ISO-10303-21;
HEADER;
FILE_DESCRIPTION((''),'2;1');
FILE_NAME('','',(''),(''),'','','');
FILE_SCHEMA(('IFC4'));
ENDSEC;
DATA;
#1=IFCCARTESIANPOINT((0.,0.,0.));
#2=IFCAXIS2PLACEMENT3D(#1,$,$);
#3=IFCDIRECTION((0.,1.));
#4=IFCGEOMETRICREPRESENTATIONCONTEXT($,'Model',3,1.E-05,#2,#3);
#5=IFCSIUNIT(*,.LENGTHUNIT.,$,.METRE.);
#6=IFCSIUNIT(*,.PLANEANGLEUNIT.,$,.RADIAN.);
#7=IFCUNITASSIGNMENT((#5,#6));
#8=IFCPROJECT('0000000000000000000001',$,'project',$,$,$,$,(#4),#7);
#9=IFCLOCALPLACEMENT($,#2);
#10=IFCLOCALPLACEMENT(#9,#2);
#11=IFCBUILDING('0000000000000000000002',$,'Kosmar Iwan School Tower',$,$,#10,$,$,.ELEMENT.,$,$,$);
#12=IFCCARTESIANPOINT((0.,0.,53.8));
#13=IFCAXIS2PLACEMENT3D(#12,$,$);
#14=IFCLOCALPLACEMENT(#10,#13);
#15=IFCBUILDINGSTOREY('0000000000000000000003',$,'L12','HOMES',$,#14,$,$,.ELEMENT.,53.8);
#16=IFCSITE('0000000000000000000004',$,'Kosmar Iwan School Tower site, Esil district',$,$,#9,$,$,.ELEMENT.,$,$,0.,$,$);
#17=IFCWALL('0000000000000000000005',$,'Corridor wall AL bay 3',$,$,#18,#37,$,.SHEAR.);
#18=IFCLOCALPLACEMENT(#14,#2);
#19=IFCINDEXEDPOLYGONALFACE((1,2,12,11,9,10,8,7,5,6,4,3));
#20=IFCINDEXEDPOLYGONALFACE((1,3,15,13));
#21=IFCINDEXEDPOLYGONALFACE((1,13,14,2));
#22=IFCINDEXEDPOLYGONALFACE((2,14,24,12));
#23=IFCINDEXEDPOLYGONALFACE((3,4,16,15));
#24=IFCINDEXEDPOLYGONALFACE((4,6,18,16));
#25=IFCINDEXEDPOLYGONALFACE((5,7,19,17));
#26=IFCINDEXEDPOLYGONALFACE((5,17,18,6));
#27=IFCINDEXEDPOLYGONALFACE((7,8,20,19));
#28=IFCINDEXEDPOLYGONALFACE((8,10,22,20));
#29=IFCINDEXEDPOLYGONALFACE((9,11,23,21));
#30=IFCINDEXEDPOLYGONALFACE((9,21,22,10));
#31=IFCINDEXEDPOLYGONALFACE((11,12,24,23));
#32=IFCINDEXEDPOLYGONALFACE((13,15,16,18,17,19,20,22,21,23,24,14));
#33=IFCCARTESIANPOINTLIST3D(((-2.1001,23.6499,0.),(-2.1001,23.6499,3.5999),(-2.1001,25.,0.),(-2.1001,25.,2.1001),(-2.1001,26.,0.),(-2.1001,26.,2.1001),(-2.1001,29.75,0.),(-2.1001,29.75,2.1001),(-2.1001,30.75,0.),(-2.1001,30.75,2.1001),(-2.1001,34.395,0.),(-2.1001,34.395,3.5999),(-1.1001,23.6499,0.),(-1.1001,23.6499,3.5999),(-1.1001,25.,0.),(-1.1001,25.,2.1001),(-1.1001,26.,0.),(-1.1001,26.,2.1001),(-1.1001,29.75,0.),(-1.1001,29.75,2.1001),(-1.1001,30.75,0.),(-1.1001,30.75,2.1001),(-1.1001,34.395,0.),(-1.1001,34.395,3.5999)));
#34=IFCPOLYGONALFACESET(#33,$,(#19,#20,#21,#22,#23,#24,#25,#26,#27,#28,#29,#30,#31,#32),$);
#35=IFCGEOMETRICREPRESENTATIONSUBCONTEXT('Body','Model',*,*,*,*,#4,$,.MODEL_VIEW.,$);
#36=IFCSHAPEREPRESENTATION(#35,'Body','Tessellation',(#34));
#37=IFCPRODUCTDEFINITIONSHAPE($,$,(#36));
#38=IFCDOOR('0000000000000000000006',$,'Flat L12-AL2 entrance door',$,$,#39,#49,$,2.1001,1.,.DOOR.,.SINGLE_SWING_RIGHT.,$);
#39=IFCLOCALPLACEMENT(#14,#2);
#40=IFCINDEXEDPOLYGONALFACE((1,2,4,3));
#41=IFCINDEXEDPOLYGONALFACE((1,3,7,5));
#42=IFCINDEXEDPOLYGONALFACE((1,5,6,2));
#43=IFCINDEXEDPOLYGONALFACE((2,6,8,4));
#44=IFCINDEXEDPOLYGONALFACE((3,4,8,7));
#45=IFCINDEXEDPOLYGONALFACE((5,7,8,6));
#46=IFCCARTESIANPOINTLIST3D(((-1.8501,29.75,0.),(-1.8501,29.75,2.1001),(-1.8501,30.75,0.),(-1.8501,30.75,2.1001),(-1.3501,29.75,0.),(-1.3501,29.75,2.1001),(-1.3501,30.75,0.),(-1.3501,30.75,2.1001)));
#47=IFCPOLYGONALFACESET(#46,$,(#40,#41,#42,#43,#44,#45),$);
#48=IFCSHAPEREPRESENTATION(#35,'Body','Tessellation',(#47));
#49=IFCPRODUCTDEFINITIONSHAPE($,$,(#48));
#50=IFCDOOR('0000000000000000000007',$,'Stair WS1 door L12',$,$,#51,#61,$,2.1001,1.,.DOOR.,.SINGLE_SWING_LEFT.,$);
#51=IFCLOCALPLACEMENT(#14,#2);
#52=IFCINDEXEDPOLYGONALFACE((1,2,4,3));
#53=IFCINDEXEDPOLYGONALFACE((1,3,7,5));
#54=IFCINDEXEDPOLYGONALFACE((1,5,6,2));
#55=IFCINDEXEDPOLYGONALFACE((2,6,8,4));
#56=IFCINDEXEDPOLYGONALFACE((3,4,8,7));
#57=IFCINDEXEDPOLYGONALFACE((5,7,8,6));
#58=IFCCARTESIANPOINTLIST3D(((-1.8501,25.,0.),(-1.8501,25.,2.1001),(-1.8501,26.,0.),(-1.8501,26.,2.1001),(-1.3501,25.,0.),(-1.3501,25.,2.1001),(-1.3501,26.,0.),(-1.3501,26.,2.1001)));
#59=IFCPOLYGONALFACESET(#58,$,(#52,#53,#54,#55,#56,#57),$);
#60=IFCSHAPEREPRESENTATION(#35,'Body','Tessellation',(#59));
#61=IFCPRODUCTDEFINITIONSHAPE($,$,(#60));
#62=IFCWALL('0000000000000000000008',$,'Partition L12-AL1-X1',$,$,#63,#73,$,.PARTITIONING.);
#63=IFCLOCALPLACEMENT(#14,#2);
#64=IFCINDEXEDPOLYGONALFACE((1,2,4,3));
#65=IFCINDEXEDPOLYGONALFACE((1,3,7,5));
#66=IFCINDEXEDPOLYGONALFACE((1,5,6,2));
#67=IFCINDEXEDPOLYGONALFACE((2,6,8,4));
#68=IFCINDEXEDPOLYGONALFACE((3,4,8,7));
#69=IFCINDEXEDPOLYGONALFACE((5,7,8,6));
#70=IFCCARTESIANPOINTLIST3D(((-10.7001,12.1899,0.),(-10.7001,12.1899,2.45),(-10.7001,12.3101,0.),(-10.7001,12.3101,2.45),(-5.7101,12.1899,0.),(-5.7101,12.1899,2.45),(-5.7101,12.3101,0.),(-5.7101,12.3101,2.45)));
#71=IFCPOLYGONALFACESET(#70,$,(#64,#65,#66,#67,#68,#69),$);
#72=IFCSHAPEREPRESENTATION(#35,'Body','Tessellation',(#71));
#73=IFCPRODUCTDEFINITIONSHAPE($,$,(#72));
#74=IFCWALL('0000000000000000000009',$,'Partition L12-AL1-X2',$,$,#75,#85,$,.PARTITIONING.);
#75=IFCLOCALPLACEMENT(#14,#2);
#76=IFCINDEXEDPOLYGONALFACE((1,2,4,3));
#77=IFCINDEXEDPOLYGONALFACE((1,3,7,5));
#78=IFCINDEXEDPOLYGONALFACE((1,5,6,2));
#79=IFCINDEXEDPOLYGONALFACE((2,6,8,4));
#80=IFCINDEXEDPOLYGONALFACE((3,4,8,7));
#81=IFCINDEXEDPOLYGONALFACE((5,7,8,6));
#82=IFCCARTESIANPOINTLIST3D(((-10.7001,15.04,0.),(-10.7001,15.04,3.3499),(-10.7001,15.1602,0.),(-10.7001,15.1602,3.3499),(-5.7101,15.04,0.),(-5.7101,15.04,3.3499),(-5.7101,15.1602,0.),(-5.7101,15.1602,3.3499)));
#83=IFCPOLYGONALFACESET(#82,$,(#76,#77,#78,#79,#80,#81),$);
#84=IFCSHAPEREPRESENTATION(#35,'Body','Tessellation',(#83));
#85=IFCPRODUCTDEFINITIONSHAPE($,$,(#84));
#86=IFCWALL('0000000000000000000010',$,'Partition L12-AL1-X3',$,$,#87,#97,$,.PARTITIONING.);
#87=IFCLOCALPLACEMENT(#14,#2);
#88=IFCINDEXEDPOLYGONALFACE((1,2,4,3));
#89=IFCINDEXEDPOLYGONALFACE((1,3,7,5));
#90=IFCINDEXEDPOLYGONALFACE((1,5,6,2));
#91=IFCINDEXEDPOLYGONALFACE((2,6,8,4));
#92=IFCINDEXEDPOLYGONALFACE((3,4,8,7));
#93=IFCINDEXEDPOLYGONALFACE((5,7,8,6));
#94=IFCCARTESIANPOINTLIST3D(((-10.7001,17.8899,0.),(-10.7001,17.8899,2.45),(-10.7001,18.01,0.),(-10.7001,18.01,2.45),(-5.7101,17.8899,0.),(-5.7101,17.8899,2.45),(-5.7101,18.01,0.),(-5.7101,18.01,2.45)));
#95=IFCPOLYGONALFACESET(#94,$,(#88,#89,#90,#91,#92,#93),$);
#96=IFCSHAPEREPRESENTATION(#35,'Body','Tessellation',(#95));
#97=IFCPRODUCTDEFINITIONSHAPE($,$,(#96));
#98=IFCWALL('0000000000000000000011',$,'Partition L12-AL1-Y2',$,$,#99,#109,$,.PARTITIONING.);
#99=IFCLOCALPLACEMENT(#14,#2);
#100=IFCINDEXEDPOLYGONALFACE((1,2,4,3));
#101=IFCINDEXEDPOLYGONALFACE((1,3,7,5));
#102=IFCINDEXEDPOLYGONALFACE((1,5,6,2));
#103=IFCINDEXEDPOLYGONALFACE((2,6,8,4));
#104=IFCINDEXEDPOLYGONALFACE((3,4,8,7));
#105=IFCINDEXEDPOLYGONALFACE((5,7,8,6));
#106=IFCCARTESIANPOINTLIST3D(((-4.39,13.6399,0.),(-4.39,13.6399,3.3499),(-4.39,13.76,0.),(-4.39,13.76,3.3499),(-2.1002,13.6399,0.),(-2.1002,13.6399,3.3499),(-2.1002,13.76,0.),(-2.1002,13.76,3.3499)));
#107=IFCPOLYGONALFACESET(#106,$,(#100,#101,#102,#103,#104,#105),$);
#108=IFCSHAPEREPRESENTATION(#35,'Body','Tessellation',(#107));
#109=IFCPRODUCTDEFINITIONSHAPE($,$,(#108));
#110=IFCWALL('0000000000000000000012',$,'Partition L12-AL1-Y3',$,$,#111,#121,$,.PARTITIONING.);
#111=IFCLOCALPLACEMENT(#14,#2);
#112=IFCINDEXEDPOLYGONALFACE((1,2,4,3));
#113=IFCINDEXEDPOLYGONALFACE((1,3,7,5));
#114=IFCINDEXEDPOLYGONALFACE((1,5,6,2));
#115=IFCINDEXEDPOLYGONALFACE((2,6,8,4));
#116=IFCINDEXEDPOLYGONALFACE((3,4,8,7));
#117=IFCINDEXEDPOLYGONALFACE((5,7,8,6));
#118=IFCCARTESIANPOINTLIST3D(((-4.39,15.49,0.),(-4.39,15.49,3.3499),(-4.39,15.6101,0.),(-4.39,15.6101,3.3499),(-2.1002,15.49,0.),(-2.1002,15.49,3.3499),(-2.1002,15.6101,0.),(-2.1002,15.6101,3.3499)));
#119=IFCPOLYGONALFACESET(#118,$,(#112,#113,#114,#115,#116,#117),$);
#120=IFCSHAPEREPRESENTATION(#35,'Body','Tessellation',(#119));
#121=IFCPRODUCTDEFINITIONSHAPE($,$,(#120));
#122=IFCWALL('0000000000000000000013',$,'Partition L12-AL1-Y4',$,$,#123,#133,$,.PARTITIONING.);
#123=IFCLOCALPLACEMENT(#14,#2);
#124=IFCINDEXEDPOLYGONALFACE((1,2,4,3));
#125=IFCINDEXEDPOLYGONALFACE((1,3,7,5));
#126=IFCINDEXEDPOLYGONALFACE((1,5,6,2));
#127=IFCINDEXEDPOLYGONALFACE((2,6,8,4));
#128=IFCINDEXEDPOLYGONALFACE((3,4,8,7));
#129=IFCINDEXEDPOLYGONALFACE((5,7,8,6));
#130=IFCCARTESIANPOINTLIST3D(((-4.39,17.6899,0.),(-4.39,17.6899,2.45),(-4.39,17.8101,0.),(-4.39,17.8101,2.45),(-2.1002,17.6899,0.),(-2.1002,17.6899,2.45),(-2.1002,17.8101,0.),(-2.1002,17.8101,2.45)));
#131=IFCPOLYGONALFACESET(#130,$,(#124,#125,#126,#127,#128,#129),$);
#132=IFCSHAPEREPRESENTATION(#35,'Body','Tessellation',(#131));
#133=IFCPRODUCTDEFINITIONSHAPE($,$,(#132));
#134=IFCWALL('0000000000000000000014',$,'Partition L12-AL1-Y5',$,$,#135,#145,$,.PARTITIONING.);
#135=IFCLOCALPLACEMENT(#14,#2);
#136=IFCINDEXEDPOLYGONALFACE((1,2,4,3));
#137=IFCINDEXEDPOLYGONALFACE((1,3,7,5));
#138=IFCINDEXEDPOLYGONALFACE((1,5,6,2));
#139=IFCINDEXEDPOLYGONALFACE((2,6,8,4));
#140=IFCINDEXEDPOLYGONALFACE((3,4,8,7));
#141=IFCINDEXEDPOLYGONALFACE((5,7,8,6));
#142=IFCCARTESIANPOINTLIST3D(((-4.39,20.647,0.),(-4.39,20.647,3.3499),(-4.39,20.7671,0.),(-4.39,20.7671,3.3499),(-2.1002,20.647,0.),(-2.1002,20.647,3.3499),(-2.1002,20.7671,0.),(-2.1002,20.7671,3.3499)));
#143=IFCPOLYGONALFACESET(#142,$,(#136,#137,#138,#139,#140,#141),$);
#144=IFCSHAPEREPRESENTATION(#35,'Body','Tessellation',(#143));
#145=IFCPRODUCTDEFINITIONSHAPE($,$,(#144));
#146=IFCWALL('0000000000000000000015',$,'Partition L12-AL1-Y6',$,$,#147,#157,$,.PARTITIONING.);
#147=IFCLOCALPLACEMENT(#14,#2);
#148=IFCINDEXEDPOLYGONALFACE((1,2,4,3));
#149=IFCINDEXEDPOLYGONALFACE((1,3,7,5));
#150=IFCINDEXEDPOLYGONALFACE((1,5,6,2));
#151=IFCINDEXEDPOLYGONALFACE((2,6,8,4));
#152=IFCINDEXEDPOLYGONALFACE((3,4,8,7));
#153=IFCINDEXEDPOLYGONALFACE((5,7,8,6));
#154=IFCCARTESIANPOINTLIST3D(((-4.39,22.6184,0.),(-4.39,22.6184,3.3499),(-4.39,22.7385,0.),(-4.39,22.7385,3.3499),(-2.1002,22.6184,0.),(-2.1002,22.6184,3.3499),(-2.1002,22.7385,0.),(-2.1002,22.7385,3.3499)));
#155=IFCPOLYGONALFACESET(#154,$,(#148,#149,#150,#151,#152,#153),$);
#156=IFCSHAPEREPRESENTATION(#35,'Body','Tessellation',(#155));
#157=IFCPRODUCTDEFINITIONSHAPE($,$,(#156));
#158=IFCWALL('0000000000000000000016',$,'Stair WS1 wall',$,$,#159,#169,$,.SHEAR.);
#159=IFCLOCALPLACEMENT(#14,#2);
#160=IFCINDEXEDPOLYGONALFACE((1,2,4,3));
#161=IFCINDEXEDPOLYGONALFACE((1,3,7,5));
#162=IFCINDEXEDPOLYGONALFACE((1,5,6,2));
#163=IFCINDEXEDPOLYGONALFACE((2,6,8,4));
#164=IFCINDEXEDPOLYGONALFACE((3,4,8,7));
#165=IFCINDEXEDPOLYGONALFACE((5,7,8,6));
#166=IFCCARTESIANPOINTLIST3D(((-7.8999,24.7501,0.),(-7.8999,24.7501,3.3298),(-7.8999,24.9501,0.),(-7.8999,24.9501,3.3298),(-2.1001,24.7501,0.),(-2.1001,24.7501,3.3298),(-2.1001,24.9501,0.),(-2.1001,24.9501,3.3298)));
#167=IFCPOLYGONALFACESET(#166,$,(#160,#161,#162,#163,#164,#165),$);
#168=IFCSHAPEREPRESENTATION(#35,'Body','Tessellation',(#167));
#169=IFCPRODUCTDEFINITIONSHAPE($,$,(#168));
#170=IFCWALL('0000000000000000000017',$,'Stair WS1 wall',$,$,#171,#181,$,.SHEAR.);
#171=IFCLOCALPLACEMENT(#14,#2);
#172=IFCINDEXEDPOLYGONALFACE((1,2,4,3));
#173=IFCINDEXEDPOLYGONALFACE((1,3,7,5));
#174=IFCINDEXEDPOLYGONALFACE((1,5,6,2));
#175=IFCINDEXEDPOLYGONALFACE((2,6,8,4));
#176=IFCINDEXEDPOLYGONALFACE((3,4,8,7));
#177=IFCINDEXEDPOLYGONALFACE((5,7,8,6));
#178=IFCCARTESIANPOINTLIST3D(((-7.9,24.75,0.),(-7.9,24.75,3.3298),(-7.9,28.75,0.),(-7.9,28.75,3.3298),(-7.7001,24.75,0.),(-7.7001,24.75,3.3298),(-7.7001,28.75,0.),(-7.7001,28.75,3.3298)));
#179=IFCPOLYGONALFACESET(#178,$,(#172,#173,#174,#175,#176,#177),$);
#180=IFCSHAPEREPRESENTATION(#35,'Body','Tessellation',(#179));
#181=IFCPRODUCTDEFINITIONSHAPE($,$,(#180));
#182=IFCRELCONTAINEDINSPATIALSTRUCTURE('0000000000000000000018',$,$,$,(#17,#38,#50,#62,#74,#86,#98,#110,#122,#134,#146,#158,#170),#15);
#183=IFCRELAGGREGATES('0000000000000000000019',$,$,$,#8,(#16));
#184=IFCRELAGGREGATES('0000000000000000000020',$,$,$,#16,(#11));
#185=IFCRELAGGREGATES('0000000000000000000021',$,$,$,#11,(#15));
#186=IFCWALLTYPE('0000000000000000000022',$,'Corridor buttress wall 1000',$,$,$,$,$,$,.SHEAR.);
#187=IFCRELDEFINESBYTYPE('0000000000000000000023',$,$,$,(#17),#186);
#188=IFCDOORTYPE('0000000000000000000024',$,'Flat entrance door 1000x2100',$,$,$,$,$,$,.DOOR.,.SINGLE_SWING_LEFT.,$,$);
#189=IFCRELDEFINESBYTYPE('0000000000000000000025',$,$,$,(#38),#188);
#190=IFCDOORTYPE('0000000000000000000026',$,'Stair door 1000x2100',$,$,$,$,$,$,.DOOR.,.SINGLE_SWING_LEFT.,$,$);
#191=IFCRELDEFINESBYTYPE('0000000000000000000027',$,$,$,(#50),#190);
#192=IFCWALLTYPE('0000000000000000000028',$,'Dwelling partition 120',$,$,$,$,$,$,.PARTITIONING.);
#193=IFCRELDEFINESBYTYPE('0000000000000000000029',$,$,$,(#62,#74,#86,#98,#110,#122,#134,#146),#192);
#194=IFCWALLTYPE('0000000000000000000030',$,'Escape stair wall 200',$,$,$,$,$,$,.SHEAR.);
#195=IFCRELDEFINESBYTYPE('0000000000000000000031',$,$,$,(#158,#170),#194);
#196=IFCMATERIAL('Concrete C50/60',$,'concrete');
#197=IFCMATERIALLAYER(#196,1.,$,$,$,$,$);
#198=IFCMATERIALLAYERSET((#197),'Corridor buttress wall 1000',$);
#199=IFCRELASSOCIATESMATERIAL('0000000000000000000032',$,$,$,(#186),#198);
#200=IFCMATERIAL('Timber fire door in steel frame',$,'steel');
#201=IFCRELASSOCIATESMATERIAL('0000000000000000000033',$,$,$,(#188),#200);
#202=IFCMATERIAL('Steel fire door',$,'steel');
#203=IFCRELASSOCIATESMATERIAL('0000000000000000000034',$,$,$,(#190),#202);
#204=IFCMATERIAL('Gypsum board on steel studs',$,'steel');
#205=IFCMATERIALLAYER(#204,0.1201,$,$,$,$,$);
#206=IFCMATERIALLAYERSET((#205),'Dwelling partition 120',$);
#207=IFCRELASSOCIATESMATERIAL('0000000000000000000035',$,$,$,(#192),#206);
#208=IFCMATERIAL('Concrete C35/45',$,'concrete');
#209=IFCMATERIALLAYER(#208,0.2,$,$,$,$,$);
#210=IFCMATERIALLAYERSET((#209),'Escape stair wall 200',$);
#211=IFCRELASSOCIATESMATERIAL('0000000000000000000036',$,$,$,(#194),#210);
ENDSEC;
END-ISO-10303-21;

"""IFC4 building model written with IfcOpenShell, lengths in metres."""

from ifc_helpers import new_model, si_unit, direction, frame, frame_2d, origin, place, context, subcontext, project, spatial, rectangle, extrude, material, layer, layer_set, type_object, element, fill, save


model = new_model("IFC4")

# Units and contexts
model_context = context("Model", 3, precision=1e-05, world=origin(), true_north=direction((0.0, 1.0)))
body_context = subcontext(model_context, "Body", "Model", "MODEL_VIEW")
ifc_project = project(units=[si_unit("LENGTHUNIT", "METRE"), si_unit("PLANEANGLEUNIT", "RADIAN")], contexts=[model_context])

# Site, building, storey
site_placement = place(None, origin())
site = spatial("IfcSite", under=ifc_project, at=site_placement, Name="Kosmar Iwan School Tower site, Esil district", CompositionType="ELEMENT", RefElevation=0.0)
building_placement = place(site_placement, origin())
building = spatial("IfcBuilding", under=site, at=building_placement, Name="Kosmar Iwan School Tower", CompositionType="ELEMENT")
storey_placement = place(building_placement, frame((0.0, 0.0, 53.8)))
storey = spatial("IfcBuildingStorey", under=building, at=storey_placement, Name="L12", Description="HOMES", CompositionType="ELEMENT", Elevation=53.8)

# Shared definitions
ifc_material_1 = material(Name="Concrete C50/60", Category="concrete")
ifc_layer_1 = layer(ifc_material_1, 1.0)
ifc_layer_set_1 = layer_set([ifc_layer_1], Name="Corridor buttress wall 1000")
wall_type_1 = type_object("IfcWallType", Name="Corridor buttress wall 1000", PredefinedType="SHEAR", material=ifc_layer_set_1)

# Wall, openings, doors
wall_1_placement = place(storey_placement, frame((-1.6001, 23.6499, 0.0), z_axis=(0.0, 0.0, 1.0), x_axis=(0.0, 1.0, 0.0)))
wall_1 = element("IfcWall", 1, at=wall_1_placement, inside=storey, type_object=wall_type_1, Name="Corridor wall AL bay 3", PredefinedType="SHEAR", context=body_context, shape_type="SweptSolid", body=[
    extrude(rectangle(XDim=10.7451, YDim=1.0, at=frame_2d((5.3726, 0.0))), origin(), (0.0, 0.0, 1.0), 3.5999),
])
opening_1_placement = place(wall_1_placement, frame((6.1001, 0.0, 0.0)))
opening_1 = element("IfcOpeningElement", 2, at=opening_1_placement, cuts=wall_1, PredefinedType="OPENING", context=body_context, shape_type="SweptSolid", body=[
    extrude(rectangle(XDim=1.0, YDim=2.1001, at=frame_2d((0.5, 1.05))), frame((0.0, 0.512, 0.0), z_axis=(0.0, -1.0, 0.0), x_axis=(1.0, 0.0, 0.0)), (0.0, 0.0, 1.0), 1.0239),
])
opening_2_placement = place(wall_1_placement, frame((1.3501, 0.0, 0.0)))
opening_2 = element("IfcOpeningElement", 3, at=opening_2_placement, cuts=wall_1, PredefinedType="OPENING", context=body_context, shape_type="SweptSolid", body=[
    extrude(rectangle(XDim=1.0, YDim=2.1001, at=frame_2d((0.5, 1.05))), frame((0.0, 0.512, 0.0), z_axis=(0.0, -1.0, 0.0), x_axis=(1.0, 0.0, 0.0)), (0.0, 0.0, 1.0), 1.0239),
])
ifc_material_2 = material(Name="Timber fire door in steel frame", Category="steel")
door_type_1 = type_object("IfcDoorType", Name="Flat entrance door 1000x2100", OperationType="SINGLE_SWING_LEFT", PredefinedType="DOOR", material=ifc_material_2)
door_1_placement = place(opening_1_placement, origin())
door_1 = element("IfcDoor", 4, at=door_1_placement, inside=storey, type_object=door_type_1, Name="Flat L12-AL2 entrance door", OperationType="SINGLE_SWING_RIGHT", OverallHeight=2.1001, OverallWidth=1.0, PredefinedType="DOOR", context=body_context, shape_type="SweptSolid", body=[
    extrude(rectangle(XDim=1.0, YDim=2.1001, at=frame_2d((0.5, 1.05))), frame((0.0, 0.25, 0.0), z_axis=(0.0, -1.0, 0.0), x_axis=(1.0, 0.0, 0.0)), (0.0, 0.0, 1.0), 0.5),
])
fill(opening_1, door_1)
ifc_material_3 = material(Name="Steel fire door", Category="steel")
door_type_2 = type_object("IfcDoorType", Name="Stair door 1000x2100", OperationType="SINGLE_SWING_LEFT", PredefinedType="DOOR", material=ifc_material_3)
door_2_placement = place(opening_2_placement, origin())
door_2 = element("IfcDoor", 5, at=door_2_placement, inside=storey, type_object=door_type_2, Name="Stair WS1 door L12", OperationType="SINGLE_SWING_LEFT", OverallHeight=2.1001, OverallWidth=1.0, PredefinedType="DOOR", context=body_context, shape_type="SweptSolid", body=[
    extrude(rectangle(XDim=1.0, YDim=2.1001, at=frame_2d((0.5, 1.05))), frame((0.0, 0.25, 0.0), z_axis=(0.0, -1.0, 0.0), x_axis=(1.0, 0.0, 0.0)), (0.0, 0.0, 1.0), 0.5),
])
fill(opening_2, door_2)

# Walls
ifc_material_4 = material(Name="Gypsum board on steel studs", Category="steel")
ifc_layer_2 = layer(ifc_material_4, 0.1201)
ifc_layer_set_2 = layer_set([ifc_layer_2], Name="Dwelling partition 120")
wall_type_2 = type_object("IfcWallType", Name="Dwelling partition 120", PredefinedType="PARTITIONING", material=ifc_layer_set_2)
wall_2_placement = place(storey_placement, frame((-5.71, 12.25, 0.0), z_axis=(0.0, 0.0, 1.0), x_axis=(-1.0, 0.0, 0.0)))
element("IfcWall", 6, at=wall_2_placement, inside=storey, type_object=wall_type_2, Name="Partition L12-AL1-X1", PredefinedType="PARTITIONING", context=body_context, shape_type="SweptSolid", body=[
    extrude(rectangle(XDim=4.99, YDim=0.1201, at=frame_2d((2.4951, 0.0))), origin(), (0.0, 0.0, 1.0), 2.45),
])
wall_3_placement = place(storey_placement, frame((-5.71, 15.1001, 0.0), z_axis=(0.0, 0.0, 1.0), x_axis=(-1.0, 0.0, 0.0)))
element("IfcWall", 7, at=wall_3_placement, inside=storey, type_object=wall_type_2, Name="Partition L12-AL1-X2", PredefinedType="PARTITIONING", context=body_context, shape_type="SweptSolid", body=[
    extrude(rectangle(XDim=4.99, YDim=0.1201, at=frame_2d((2.4951, 0.0))), origin(), (0.0, 0.0, 1.0), 3.3499),
])
wall_4_placement = place(storey_placement, frame((-5.71, 17.95, 0.0), z_axis=(0.0, 0.0, 1.0), x_axis=(-1.0, 0.0, 0.0)))
element("IfcWall", 8, at=wall_4_placement, inside=storey, type_object=wall_type_2, Name="Partition L12-AL1-X3", PredefinedType="PARTITIONING", context=body_context, shape_type="SweptSolid", body=[
    extrude(rectangle(XDim=4.99, YDim=0.1201, at=frame_2d((2.4951, 0.0))), origin(), (0.0, 0.0, 1.0), 2.45),
])
for number, where, z_axis, x_axis, name in (
    (9, (-2.1001, 13.7, 0.0), (0.0, 0.0, 1.0), (-1.0, 0.0, 0.0), "Partition L12-AL1-Y2"),
    (10, (-2.1001, 15.55, 0.0), (0.0, 0.0, 1.0), (-1.0, 0.0, 0.0), "Partition L12-AL1-Y3"),
):
    element("IfcWall", number, at=place(storey_placement, frame(where, z_axis=z_axis, x_axis=x_axis)), inside=storey, type_object=wall_type_2, Name=name, PredefinedType="PARTITIONING", context=body_context, shape_type="SweptSolid", body=[
        extrude(rectangle(XDim=2.2898, YDim=0.1201, at=frame_2d((1.145, 0.0))), origin(), (0.0, 0.0, 1.0), 3.3499),
    ])
wall_5_placement = place(storey_placement, frame((-2.1001, 17.75, 0.0), z_axis=(0.0, 0.0, 1.0), x_axis=(-1.0, 0.0, 0.0)))
element("IfcWall", 11, at=wall_5_placement, inside=storey, type_object=wall_type_2, Name="Partition L12-AL1-Y4", PredefinedType="PARTITIONING", context=body_context, shape_type="SweptSolid", body=[
    extrude(rectangle(XDim=2.2898, YDim=0.1201, at=frame_2d((1.145, 0.0))), origin(), (0.0, 0.0, 1.0), 2.45),
])
for number, where, z_axis, x_axis, name in (
    (12, (-2.1001, 20.707, 0.0), (0.0, 0.0, 1.0), (-1.0, 0.0, 0.0), "Partition L12-AL1-Y5"),
    (13, (-2.1001, 22.6785, 0.0), (0.0, 0.0, 1.0), (-1.0, 0.0, 0.0), "Partition L12-AL1-Y6"),
):
    element("IfcWall", number, at=place(storey_placement, frame(where, z_axis=z_axis, x_axis=x_axis)), inside=storey, type_object=wall_type_2, Name=name, PredefinedType="PARTITIONING", context=body_context, shape_type="SweptSolid", body=[
        extrude(rectangle(XDim=2.2898, YDim=0.1201, at=frame_2d((1.145, 0.0))), origin(), (0.0, 0.0, 1.0), 3.3499),
    ])
ifc_material_5 = material(Name="Concrete C35/45", Category="concrete")
ifc_layer_3 = layer(ifc_material_5, 0.2)
ifc_layer_set_3 = layer_set([ifc_layer_3], Name="Escape stair wall 200")
wall_type_3 = type_object("IfcWallType", Name="Escape stair wall 200", PredefinedType="SHEAR", material=ifc_layer_set_3)
wall_6_placement = place(storey_placement, frame((-2.1001, 24.8501, 0.0), z_axis=(0.0, 0.0, 1.0), x_axis=(-1.0, 0.0, 0.0)))
element("IfcWall", 14, at=wall_6_placement, inside=storey, type_object=wall_type_3, Name="Stair WS1 wall", PredefinedType="SHEAR", context=body_context, shape_type="SweptSolid", body=[
    extrude(rectangle(XDim=5.7998, YDim=0.2, at=frame_2d((2.8999, 0.0))), origin(), (0.0, 0.0, 1.0), 3.3298),
])
wall_7_placement = place(storey_placement, frame((-7.8, 24.75, 0.0), z_axis=(0.0, 0.0, 1.0), x_axis=(0.0, 1.0, 0.0)))
element("IfcWall", 15, at=wall_7_placement, inside=storey, type_object=wall_type_3, Name="Stair WS1 wall", PredefinedType="SHEAR", context=body_context, shape_type="SweptSolid", body=[
    extrude(rectangle(XDim=4.0, YDim=0.2, at=frame_2d((2.0, 0.0))), origin(), (0.0, 0.0, 1.0), 3.3298),
])

save(model, "model.ifc")
